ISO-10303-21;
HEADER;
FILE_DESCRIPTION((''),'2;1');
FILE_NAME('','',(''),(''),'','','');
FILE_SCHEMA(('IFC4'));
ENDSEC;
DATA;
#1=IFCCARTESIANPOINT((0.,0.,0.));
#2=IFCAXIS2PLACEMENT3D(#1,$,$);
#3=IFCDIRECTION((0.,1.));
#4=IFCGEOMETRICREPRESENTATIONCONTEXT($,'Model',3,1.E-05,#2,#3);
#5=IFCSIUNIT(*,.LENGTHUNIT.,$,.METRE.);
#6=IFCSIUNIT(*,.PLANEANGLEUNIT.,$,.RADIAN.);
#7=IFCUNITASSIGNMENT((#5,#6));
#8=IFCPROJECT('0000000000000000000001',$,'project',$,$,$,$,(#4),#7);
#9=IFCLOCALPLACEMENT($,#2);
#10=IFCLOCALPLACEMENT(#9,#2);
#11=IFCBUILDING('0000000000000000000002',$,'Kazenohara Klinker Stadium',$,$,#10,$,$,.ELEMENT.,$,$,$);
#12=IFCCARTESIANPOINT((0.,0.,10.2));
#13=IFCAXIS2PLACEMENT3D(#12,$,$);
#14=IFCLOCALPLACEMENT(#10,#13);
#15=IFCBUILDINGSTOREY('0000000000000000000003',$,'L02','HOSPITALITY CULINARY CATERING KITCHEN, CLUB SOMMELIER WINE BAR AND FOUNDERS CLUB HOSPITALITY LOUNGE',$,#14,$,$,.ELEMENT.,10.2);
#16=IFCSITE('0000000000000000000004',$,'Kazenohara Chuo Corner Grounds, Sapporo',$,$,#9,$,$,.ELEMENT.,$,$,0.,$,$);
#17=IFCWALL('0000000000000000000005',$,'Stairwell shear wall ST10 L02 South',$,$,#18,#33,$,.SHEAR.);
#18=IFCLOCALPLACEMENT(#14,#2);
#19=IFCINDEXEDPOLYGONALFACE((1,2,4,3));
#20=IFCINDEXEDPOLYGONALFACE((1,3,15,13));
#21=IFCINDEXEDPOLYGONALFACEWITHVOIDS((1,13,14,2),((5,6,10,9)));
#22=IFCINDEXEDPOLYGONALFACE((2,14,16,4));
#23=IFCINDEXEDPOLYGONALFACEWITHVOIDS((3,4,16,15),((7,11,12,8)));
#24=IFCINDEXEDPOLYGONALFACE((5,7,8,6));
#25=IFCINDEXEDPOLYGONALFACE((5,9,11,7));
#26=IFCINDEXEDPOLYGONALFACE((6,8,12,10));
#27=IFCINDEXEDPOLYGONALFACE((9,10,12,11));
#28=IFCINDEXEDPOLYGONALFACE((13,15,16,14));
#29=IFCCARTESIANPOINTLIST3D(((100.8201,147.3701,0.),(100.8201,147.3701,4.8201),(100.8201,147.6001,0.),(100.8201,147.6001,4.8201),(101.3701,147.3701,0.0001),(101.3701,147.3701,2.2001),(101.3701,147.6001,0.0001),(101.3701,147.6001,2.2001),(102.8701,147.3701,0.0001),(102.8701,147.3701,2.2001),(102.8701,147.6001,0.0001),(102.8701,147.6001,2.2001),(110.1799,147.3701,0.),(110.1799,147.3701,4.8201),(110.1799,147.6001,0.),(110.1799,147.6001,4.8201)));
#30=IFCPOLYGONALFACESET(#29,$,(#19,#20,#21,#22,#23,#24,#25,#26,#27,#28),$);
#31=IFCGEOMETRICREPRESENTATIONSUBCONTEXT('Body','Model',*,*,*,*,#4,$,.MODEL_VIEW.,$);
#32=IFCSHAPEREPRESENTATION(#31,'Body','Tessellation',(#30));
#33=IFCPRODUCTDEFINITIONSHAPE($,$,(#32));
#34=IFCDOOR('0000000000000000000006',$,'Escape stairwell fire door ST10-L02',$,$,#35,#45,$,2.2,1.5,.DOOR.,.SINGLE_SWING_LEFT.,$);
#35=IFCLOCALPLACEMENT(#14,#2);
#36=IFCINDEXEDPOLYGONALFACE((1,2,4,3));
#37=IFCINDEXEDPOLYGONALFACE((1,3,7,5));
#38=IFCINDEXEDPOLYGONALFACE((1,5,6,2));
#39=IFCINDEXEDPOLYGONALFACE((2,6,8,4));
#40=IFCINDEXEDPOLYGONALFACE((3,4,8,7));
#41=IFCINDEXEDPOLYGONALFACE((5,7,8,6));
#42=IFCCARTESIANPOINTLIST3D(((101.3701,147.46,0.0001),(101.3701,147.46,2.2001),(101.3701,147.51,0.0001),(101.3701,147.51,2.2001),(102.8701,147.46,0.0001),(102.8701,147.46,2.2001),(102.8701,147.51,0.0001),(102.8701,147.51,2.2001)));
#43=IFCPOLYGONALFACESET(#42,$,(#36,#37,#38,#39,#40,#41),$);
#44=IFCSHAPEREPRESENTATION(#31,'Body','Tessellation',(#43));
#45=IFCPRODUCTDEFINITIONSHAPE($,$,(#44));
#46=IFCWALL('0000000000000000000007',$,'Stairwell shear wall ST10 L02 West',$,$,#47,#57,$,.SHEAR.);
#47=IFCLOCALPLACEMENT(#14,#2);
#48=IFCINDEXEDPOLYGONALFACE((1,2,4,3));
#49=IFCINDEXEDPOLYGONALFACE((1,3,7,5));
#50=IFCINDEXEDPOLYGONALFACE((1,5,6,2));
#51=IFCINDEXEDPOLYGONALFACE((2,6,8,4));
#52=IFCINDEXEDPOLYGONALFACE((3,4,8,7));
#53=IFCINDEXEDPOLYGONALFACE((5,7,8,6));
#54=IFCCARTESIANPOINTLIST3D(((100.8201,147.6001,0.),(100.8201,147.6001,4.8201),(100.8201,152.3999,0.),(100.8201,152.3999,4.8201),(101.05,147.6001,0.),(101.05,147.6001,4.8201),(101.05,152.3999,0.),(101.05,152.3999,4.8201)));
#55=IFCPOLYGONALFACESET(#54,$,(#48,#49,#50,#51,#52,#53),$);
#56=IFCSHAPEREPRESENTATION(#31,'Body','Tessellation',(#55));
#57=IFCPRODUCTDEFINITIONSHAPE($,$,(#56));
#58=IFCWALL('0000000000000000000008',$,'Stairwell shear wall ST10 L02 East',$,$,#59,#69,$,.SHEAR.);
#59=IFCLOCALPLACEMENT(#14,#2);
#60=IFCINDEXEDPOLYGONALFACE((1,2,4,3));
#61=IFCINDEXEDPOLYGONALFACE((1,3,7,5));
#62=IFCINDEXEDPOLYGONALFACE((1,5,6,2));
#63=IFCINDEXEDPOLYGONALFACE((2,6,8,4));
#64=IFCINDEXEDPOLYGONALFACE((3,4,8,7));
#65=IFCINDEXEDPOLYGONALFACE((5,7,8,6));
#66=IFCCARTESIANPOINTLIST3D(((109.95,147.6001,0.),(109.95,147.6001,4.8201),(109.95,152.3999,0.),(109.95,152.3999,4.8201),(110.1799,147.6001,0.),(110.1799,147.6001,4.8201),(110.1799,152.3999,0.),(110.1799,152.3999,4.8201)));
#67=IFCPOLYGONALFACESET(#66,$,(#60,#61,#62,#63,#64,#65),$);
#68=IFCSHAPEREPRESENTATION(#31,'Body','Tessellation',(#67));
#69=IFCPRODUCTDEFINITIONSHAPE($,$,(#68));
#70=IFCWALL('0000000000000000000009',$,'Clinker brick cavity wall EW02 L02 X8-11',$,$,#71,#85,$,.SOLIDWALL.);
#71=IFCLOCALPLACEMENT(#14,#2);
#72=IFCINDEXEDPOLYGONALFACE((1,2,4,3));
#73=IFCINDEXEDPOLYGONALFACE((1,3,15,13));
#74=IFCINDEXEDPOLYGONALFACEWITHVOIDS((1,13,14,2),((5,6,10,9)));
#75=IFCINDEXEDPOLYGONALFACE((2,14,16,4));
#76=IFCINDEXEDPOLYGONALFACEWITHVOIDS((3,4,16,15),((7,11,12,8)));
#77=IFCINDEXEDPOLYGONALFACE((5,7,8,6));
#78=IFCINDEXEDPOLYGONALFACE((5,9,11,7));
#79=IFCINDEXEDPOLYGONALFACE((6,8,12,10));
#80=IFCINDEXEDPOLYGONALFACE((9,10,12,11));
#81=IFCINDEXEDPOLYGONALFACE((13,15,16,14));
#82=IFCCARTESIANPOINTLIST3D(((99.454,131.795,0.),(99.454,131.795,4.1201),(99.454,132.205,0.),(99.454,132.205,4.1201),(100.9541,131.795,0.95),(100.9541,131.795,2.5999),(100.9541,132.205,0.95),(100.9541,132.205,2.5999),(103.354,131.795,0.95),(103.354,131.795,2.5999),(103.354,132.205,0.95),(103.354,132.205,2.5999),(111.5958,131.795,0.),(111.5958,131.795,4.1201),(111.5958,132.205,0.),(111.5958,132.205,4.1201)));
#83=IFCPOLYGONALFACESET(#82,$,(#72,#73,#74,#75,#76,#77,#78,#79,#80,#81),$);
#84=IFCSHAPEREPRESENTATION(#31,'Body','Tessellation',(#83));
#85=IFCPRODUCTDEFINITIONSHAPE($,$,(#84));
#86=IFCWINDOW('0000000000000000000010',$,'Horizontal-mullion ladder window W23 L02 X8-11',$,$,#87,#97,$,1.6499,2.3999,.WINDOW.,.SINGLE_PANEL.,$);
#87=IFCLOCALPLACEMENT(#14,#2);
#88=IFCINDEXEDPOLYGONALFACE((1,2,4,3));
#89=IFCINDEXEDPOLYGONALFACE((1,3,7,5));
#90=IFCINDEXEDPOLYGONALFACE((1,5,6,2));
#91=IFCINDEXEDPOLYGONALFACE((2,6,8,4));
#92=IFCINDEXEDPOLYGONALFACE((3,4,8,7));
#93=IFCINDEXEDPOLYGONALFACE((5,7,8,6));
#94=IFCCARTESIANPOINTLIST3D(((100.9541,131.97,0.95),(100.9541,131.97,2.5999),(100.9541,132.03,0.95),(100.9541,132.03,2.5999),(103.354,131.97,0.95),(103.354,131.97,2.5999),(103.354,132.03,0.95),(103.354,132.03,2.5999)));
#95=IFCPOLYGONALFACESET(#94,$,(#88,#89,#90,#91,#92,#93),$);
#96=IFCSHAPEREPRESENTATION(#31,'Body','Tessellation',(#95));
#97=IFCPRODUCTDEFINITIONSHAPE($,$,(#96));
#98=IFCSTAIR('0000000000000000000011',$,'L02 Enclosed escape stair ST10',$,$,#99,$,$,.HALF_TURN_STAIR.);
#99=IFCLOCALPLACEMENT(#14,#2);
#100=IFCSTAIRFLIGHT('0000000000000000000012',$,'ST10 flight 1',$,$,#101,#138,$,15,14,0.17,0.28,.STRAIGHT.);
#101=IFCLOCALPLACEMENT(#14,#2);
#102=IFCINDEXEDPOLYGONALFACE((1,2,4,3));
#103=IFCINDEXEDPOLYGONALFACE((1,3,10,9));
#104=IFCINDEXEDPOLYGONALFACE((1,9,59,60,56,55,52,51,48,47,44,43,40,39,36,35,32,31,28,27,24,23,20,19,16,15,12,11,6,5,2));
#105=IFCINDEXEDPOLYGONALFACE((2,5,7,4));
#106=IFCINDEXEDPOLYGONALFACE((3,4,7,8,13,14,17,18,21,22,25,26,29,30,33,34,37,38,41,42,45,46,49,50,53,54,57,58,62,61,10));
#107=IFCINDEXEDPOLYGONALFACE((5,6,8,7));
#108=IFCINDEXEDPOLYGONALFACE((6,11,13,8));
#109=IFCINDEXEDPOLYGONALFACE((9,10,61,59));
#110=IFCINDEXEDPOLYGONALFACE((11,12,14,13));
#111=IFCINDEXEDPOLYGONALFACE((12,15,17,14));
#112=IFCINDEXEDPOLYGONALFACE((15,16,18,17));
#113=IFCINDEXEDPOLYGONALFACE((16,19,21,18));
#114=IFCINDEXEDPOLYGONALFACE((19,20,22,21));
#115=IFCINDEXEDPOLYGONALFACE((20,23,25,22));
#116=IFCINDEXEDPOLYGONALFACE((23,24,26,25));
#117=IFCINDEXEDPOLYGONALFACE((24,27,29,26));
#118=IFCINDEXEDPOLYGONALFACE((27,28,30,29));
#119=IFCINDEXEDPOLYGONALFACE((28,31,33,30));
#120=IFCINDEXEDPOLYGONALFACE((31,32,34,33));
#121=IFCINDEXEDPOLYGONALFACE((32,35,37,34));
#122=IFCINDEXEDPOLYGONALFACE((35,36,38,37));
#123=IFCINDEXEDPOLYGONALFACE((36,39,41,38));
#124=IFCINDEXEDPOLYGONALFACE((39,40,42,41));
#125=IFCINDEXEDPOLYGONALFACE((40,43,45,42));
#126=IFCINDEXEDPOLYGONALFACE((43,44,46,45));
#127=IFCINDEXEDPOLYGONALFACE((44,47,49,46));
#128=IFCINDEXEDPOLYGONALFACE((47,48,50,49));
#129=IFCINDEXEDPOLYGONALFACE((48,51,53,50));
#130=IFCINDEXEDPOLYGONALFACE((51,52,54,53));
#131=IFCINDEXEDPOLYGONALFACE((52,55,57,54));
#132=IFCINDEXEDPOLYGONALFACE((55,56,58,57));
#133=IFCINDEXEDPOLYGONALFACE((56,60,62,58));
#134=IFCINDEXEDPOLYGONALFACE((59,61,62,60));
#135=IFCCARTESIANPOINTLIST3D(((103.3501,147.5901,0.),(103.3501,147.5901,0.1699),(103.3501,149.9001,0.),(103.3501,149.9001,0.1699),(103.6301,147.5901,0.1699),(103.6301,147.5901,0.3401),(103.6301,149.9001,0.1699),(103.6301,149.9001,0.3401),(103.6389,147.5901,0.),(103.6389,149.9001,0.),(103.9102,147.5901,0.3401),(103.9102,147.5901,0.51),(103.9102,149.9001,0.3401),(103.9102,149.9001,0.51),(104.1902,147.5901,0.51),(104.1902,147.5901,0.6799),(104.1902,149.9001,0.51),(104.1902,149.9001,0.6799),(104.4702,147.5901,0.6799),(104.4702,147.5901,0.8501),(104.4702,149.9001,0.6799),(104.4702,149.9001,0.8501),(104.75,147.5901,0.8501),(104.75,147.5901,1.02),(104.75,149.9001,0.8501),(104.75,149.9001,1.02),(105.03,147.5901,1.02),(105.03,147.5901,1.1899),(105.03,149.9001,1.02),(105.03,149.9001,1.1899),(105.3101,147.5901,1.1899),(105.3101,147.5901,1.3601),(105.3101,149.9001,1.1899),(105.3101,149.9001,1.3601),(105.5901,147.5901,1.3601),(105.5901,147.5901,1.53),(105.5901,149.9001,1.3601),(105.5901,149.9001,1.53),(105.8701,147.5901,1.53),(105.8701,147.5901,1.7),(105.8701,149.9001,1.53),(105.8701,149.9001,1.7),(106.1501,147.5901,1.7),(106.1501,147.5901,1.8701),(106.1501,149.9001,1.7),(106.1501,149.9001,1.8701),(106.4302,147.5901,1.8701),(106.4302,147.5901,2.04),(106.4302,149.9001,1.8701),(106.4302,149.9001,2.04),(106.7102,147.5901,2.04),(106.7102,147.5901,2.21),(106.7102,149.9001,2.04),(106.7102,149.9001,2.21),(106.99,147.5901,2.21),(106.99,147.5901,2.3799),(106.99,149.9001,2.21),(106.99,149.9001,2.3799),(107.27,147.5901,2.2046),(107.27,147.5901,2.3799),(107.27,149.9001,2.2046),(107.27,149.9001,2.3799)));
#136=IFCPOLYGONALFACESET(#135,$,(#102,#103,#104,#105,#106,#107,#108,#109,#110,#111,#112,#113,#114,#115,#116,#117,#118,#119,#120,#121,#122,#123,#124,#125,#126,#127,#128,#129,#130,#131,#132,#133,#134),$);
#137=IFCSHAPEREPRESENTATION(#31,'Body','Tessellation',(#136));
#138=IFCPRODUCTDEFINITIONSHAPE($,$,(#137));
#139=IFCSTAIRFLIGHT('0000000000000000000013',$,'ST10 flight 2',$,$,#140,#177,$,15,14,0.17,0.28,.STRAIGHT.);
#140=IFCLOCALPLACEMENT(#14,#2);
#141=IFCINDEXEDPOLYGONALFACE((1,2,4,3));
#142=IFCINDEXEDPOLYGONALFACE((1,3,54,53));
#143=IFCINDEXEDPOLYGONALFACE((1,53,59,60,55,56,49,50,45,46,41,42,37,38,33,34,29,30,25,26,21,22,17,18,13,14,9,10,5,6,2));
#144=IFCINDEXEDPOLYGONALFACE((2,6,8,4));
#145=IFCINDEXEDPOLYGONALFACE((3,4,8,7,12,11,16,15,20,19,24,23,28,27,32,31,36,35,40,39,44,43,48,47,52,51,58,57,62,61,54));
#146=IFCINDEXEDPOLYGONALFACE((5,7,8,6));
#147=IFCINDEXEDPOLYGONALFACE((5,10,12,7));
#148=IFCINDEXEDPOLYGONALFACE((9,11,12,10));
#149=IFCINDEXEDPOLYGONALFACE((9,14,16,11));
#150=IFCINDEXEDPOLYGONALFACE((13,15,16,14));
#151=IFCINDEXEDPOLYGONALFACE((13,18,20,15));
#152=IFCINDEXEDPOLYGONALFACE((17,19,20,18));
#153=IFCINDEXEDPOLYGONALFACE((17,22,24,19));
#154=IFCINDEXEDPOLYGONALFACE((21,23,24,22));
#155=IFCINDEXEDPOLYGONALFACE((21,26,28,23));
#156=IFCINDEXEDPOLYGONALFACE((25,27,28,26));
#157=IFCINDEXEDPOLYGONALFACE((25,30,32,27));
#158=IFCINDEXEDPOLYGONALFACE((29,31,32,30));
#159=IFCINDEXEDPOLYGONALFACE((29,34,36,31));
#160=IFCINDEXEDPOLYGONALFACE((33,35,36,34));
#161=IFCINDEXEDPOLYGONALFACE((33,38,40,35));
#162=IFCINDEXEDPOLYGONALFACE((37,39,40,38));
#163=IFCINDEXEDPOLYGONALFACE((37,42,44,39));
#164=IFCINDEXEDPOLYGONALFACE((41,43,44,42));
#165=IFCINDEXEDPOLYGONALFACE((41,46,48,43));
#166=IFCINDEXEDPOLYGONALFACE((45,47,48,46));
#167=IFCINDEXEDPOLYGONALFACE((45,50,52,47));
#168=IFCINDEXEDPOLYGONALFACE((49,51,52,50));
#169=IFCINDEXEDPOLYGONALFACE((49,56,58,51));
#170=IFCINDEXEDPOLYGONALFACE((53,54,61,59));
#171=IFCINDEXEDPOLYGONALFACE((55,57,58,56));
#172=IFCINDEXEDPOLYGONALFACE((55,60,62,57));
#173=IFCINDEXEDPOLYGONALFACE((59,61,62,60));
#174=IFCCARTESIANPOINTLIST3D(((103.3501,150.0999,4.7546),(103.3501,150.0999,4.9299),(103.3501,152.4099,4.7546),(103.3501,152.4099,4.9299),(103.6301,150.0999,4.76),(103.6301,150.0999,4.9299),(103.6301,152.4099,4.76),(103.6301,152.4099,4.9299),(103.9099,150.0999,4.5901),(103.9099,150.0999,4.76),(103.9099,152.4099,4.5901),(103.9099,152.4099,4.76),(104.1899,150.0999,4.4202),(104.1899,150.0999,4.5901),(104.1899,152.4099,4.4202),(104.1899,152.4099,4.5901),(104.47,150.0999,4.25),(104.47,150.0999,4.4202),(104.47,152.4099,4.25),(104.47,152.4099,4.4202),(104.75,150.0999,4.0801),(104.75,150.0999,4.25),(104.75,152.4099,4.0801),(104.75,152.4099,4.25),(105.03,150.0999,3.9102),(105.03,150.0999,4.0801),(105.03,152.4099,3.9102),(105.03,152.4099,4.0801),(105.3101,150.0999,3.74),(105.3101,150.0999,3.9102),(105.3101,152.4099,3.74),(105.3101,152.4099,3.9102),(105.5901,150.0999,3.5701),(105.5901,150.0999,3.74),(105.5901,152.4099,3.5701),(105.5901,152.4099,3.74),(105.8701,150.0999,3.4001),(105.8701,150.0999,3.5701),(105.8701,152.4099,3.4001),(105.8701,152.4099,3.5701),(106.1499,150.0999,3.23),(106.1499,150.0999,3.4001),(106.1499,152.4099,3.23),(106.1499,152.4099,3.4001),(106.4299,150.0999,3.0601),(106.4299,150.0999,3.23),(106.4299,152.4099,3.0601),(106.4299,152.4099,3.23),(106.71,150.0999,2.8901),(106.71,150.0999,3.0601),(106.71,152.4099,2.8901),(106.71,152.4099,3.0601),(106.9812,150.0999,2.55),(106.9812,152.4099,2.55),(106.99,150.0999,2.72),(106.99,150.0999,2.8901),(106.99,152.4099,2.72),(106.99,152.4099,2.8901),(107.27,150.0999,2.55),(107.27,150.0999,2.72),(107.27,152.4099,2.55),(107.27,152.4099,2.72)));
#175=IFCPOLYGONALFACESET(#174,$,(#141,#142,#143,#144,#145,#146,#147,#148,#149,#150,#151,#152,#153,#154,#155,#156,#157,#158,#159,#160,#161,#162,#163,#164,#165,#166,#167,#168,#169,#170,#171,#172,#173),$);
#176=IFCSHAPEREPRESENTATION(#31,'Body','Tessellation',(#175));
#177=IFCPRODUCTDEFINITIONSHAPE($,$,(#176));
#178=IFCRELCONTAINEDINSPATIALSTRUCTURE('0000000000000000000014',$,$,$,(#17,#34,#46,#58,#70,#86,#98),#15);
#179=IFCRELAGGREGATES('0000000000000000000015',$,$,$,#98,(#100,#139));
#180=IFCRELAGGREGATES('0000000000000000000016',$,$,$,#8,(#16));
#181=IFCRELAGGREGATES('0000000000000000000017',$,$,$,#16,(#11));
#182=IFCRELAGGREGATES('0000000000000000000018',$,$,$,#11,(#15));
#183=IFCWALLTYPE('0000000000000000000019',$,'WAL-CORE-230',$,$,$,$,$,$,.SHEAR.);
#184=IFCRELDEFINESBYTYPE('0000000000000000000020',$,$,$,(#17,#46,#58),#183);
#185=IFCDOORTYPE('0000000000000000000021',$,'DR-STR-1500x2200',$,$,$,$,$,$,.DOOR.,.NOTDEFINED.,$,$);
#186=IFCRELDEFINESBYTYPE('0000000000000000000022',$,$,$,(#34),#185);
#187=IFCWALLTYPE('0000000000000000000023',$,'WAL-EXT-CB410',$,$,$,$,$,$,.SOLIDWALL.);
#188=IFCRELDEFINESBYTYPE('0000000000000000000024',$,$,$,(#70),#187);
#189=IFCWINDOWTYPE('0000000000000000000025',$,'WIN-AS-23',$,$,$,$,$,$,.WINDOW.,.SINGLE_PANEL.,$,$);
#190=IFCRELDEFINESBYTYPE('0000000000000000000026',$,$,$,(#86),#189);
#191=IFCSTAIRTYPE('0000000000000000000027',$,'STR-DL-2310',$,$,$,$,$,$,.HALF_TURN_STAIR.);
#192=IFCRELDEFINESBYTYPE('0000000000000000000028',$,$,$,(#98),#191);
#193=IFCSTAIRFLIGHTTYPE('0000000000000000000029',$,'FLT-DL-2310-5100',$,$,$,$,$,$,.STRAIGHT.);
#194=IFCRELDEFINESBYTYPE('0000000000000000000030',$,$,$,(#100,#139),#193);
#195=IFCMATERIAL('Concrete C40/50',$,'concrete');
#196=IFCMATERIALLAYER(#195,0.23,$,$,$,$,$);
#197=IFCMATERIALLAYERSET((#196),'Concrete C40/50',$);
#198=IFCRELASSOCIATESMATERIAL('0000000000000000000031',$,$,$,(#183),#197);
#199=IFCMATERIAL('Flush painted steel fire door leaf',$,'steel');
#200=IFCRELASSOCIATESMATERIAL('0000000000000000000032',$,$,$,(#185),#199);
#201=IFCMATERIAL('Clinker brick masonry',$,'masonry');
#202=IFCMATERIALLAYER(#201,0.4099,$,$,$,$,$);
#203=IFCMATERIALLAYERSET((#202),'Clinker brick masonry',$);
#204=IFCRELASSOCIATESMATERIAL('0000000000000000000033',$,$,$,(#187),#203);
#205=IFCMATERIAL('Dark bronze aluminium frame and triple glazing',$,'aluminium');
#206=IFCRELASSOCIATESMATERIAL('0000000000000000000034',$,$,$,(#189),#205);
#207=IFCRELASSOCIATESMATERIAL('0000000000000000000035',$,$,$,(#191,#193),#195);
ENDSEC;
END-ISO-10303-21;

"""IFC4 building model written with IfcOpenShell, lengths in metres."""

from ifc_helpers import new_model, si_unit, direction, frame, frame_2d, origin, place, context, subcontext, project, spatial, polyline, rectangle, outline, extrude, material, layer, layer_set, type_object, element, fill, aggregate, save


model = new_model("IFC4")

# Units and contexts
model_context = context("Model", 3, precision=1e-05, world=origin(), true_north=direction((0.0, 1.0)))
body_context = subcontext(model_context, "Body", "Model", "MODEL_VIEW")
ifc_project = project(units=[si_unit("LENGTHUNIT", "METRE"), si_unit("PLANEANGLEUNIT", "RADIAN")], contexts=[model_context])

# Site, building, storey
site_placement = place(None, origin())
site = spatial("IfcSite", under=ifc_project, at=site_placement, Name="Kazenohara Chuo Corner Grounds, Sapporo", CompositionType="ELEMENT", RefElevation=0.0)
building_placement = place(site_placement, origin())
building = spatial("IfcBuilding", under=site, at=building_placement, Name="Kazenohara Klinker Stadium", CompositionType="ELEMENT")
storey_placement = place(building_placement, frame((0.0, 0.0, 10.2)))
storey = spatial("IfcBuildingStorey", under=building, at=storey_placement, Name="L02", Description="HOSPITALITY CULINARY CATERING KITCHEN, CLUB SOMMELIER WINE BAR AND FOUNDERS CLUB HOSPITALITY LOUNGE", CompositionType="ELEMENT", Elevation=10.2)

# Shared definitions
ifc_material_1 = material(Name="Concrete C40/50", Category="concrete")

# Wall, opening, door
ifc_layer_1 = layer(ifc_material_1, 0.23)
ifc_layer_set_1 = layer_set([ifc_layer_1], Name="Concrete C40/50")
wall_type_1 = type_object("IfcWallType", Name="WAL-CORE-230", PredefinedType="SHEAR", material=ifc_layer_set_1)
wall_1_placement = place(storey_placement, frame((100.8201, 147.4851, 0.0), z_axis=(0.0, 0.0, 1.0), x_axis=(1.0, 0.0, 0.0)))
wall_1 = element("IfcWall", 1, at=wall_1_placement, inside=storey, type_object=wall_type_1, Name="Stairwell shear wall ST10 L02 South", PredefinedType="SHEAR", context=body_context, shape_type="SweptSolid", body=[
    extrude(rectangle(XDim=9.3599, YDim=0.23, at=frame_2d((4.6799, 0.0))), origin(), (0.0, 0.0, 1.0), 4.8201),
])
opening_1_placement = place(wall_1_placement, frame((0.55, 0.0, 0.0)))
opening_1 = element("IfcOpeningElement", 2, at=opening_1_placement, cuts=wall_1, PredefinedType="OPENING", context=body_context, shape_type="SweptSolid", body=[
    extrude(rectangle(XDim=1.5, YDim=2.2, at=frame_2d((0.75, 1.1001))), frame((0.0, 0.125, 0.0), z_axis=(0.0, -1.0, 0.0), x_axis=(1.0, 0.0, 0.0)), (0.0, 0.0, 1.0), 0.25),
])
ifc_material_2 = material(Name="Flush painted steel fire door leaf", Category="steel")
door_type = type_object("IfcDoorType", Name="DR-STR-1500x2200", OperationType="NOTDEFINED", PredefinedType="DOOR", material=ifc_material_2)
door_placement = place(opening_1_placement, origin())
door = element("IfcDoor", 3, at=door_placement, inside=storey, type_object=door_type, Name="Escape stairwell fire door ST10-L02", OperationType="SINGLE_SWING_LEFT", OverallHeight=2.2, OverallWidth=1.5, PredefinedType="DOOR", context=body_context, shape_type="SweptSolid", body=[
    extrude(rectangle(XDim=1.5, YDim=2.2, at=frame_2d((0.75, 1.1001))), frame((0.0, 0.0249, 0.0), z_axis=(0.0, -1.0, 0.0), x_axis=(1.0, 0.0, 0.0)), (0.0, 0.0, 1.0), 0.05),
])
fill(opening_1, door)

# Walls
for number, where, z_axis, x_axis, name in (
    (4, (100.9351, 147.6001, 0.0), (0.0, 0.0, 1.0), (0.0, 1.0, 0.0), "Stairwell shear wall ST10 L02 West"),
    (5, (110.0649, 147.6001, 0.0), (0.0, 0.0, 1.0), (0.0, 1.0, 0.0), "Stairwell shear wall ST10 L02 East"),
):
    element("IfcWall", number, at=place(storey_placement, frame(where, z_axis=z_axis, x_axis=x_axis)), inside=storey, type_object=wall_type_1, Name=name, PredefinedType="SHEAR", context=body_context, shape_type="SweptSolid", body=[
        extrude(rectangle(XDim=4.7998, YDim=0.23, at=frame_2d((2.3999, 0.0))), origin(), (0.0, 0.0, 1.0), 4.8201),
    ])

# Wall, opening, window
ifc_material_3 = material(Name="Clinker brick masonry", Category="masonry")
ifc_layer_2 = layer(ifc_material_3, 0.4099)
ifc_layer_set_2 = layer_set([ifc_layer_2], Name="Clinker brick masonry")
wall_type_2 = type_object("IfcWallType", Name="WAL-EXT-CB410", PredefinedType="SOLIDWALL", material=ifc_layer_set_2)
wall_2_placement = place(storey_placement, frame((99.4541, 132.0, 0.0), z_axis=(0.0, 0.0, 1.0), x_axis=(1.0, 0.0, 0.0)))
wall_2 = element("IfcWall", 6, at=wall_2_placement, inside=storey, type_object=wall_type_2, Name="Clinker brick cavity wall EW02 L02 X8-11", PredefinedType="SOLIDWALL", context=body_context, shape_type="SweptSolid", body=[
    extrude(rectangle(XDim=12.1418, YDim=0.4099, at=frame_2d((6.0708, 0.0))), origin(), (0.0, 0.0, 1.0), 4.1201),
])
opening_2_placement = place(wall_2_placement, frame((1.5, 0.0, 0.95)))
opening_2 = element("IfcOpeningElement", 7, at=opening_2_placement, cuts=wall_2, PredefinedType="OPENING", context=body_context, shape_type="SweptSolid", body=[
    extrude(rectangle(XDim=2.3999, YDim=1.6499, at=frame_2d((1.2, 0.825))), frame((0.0, 0.2148, 0.0), z_axis=(0.0, -1.0, 0.0), x_axis=(1.0, 0.0, 0.0)), (0.0, 0.0, 1.0), 0.4299),
])
ifc_material_4 = material(Name="Dark bronze aluminium frame and triple glazing", Category="aluminium")
window_type = type_object("IfcWindowType", Name="WIN-AS-23", PartitioningType="SINGLE_PANEL", PredefinedType="WINDOW", material=ifc_material_4)
window_placement = place(opening_2_placement, origin())
window = element("IfcWindow", 8, at=window_placement, inside=storey, type_object=window_type, Name="Horizontal-mullion ladder window W23 L02 X8-11", OverallHeight=1.6499, OverallWidth=2.3999, PartitioningType="SINGLE_PANEL", PredefinedType="WINDOW", context=body_context, shape_type="SweptSolid", body=[
    extrude(rectangle(XDim=2.3999, YDim=1.6499, at=frame_2d((1.2, 0.825))), frame((0.0, 0.03, 0.0), z_axis=(0.0, -1.0, 0.0), x_axis=(1.0, 0.0, 0.0)), (0.0, 0.0, 1.0), 0.0601),
])
fill(opening_2, window)

# Stair, stair flights
stair_type = type_object("IfcStairType", Name="STR-DL-2310", PredefinedType="HALF_TURN_STAIR", material=ifc_material_1)
stair_placement = place(storey_placement, origin())
stair = element("IfcStair", 9, at=stair_placement, inside=storey, type_object=stair_type, Name="L02 Enclosed escape stair ST10", PredefinedType="HALF_TURN_STAIR")
stair_flight_type = type_object("IfcStairFlightType", Name="FLT-DL-2310-5100", PredefinedType="STRAIGHT", material=ifc_material_1)
stair_flight_1_placement = place(storey_placement, frame((103.3501, 148.7451, 0.0), z_axis=(0.0, 0.0, 1.0), x_axis=(1.0, 0.0, 0.0)))
stair_flight_1 = element("IfcStairFlight", 10, at=stair_flight_1_placement, type_object=stair_flight_type, Name="ST10 flight 1", NumberOfRisers=15, NumberOfTreads=14, PredefinedType="STRAIGHT", RiserHeight=0.17, TreadLength=0.28, context=body_context, shape_type="SweptSolid", body=[
    extrude(outline(polyline([(0.0, 0.0), (0.0, 0.1699), (0.28, 0.1699), (0.28, 0.3401), (0.5601, 0.3401), (0.5601, 0.51), (0.8401, 0.51), (0.8401, 0.6799), (1.1201, 0.6799), (1.1201, 0.8501), (1.3999, 0.8501), (1.3999, 1.02), (1.6799, 1.02), (1.6799, 1.1899), (1.96, 1.1899), (1.96, 1.3601), (2.24, 1.3601), (2.24, 1.53), (2.52, 1.53), (2.52, 1.7), (2.8, 1.7), (2.8, 1.8701), (3.0801, 1.8701), (3.0801, 2.04), (3.3601, 2.04), (3.3601, 2.21), (3.6399, 2.21), (3.6399, 2.3799), (3.9199, 2.3799), (3.9199, 2.55), (3.9199, 2.2046), (0.2888, 0.0), (0.0, 0.0)])), frame((0.0, 1.155, 0.0), z_axis=(0.0, -1.0, 0.0), x_axis=(1.0, 0.0, 0.0)), (0.0, 0.0, 1.0), 2.3101),
])
stair_flight_2_placement = place(storey_placement, frame((107.27, 151.2549, 2.55), z_axis=(0.0, 0.0, 1.0), x_axis=(-1.0, 0.0, 0.0)))
stair_flight_2 = element("IfcStairFlight", 11, at=stair_flight_2_placement, type_object=stair_flight_type, Name="ST10 flight 2", NumberOfRisers=15, NumberOfTreads=14, PredefinedType="STRAIGHT", RiserHeight=0.17, TreadLength=0.28, context=body_context, shape_type="SweptSolid", body=[
    extrude(outline(polyline([(0.0, 0.0), (0.0, 0.1699), (0.28, 0.1699), (0.28, 0.3401), (0.5601, 0.3401), (0.5601, 0.51), (0.8401, 0.51), (0.8401, 0.6799), (1.1201, 0.6799), (1.1201, 0.8501), (1.3999, 0.8501), (1.3999, 1.02), (1.6799, 1.02), (1.6799, 1.1899), (1.96, 1.1899), (1.96, 1.3601), (2.24, 1.3601), (2.24, 1.53), (2.52, 1.53), (2.52, 1.7), (2.8, 1.7), (2.8, 1.8701), (3.0801, 1.8701), (3.0801, 2.04), (3.3601, 2.04), (3.3601, 2.21), (3.6399, 2.21), (3.6399, 2.3799), (3.9199, 2.3799), (3.9199, 2.55), (3.9199, 2.2046), (0.2888, 0.0), (0.0, 0.0)])), frame((0.0, 1.155, 0.0), z_axis=(0.0, -1.0, 0.0), x_axis=(1.0, 0.0, 0.0)), (0.0, 0.0, 1.0), 2.3101),
])
aggregate(stair, [stair_flight_1, stair_flight_2])

save(model, "model.ifc")
